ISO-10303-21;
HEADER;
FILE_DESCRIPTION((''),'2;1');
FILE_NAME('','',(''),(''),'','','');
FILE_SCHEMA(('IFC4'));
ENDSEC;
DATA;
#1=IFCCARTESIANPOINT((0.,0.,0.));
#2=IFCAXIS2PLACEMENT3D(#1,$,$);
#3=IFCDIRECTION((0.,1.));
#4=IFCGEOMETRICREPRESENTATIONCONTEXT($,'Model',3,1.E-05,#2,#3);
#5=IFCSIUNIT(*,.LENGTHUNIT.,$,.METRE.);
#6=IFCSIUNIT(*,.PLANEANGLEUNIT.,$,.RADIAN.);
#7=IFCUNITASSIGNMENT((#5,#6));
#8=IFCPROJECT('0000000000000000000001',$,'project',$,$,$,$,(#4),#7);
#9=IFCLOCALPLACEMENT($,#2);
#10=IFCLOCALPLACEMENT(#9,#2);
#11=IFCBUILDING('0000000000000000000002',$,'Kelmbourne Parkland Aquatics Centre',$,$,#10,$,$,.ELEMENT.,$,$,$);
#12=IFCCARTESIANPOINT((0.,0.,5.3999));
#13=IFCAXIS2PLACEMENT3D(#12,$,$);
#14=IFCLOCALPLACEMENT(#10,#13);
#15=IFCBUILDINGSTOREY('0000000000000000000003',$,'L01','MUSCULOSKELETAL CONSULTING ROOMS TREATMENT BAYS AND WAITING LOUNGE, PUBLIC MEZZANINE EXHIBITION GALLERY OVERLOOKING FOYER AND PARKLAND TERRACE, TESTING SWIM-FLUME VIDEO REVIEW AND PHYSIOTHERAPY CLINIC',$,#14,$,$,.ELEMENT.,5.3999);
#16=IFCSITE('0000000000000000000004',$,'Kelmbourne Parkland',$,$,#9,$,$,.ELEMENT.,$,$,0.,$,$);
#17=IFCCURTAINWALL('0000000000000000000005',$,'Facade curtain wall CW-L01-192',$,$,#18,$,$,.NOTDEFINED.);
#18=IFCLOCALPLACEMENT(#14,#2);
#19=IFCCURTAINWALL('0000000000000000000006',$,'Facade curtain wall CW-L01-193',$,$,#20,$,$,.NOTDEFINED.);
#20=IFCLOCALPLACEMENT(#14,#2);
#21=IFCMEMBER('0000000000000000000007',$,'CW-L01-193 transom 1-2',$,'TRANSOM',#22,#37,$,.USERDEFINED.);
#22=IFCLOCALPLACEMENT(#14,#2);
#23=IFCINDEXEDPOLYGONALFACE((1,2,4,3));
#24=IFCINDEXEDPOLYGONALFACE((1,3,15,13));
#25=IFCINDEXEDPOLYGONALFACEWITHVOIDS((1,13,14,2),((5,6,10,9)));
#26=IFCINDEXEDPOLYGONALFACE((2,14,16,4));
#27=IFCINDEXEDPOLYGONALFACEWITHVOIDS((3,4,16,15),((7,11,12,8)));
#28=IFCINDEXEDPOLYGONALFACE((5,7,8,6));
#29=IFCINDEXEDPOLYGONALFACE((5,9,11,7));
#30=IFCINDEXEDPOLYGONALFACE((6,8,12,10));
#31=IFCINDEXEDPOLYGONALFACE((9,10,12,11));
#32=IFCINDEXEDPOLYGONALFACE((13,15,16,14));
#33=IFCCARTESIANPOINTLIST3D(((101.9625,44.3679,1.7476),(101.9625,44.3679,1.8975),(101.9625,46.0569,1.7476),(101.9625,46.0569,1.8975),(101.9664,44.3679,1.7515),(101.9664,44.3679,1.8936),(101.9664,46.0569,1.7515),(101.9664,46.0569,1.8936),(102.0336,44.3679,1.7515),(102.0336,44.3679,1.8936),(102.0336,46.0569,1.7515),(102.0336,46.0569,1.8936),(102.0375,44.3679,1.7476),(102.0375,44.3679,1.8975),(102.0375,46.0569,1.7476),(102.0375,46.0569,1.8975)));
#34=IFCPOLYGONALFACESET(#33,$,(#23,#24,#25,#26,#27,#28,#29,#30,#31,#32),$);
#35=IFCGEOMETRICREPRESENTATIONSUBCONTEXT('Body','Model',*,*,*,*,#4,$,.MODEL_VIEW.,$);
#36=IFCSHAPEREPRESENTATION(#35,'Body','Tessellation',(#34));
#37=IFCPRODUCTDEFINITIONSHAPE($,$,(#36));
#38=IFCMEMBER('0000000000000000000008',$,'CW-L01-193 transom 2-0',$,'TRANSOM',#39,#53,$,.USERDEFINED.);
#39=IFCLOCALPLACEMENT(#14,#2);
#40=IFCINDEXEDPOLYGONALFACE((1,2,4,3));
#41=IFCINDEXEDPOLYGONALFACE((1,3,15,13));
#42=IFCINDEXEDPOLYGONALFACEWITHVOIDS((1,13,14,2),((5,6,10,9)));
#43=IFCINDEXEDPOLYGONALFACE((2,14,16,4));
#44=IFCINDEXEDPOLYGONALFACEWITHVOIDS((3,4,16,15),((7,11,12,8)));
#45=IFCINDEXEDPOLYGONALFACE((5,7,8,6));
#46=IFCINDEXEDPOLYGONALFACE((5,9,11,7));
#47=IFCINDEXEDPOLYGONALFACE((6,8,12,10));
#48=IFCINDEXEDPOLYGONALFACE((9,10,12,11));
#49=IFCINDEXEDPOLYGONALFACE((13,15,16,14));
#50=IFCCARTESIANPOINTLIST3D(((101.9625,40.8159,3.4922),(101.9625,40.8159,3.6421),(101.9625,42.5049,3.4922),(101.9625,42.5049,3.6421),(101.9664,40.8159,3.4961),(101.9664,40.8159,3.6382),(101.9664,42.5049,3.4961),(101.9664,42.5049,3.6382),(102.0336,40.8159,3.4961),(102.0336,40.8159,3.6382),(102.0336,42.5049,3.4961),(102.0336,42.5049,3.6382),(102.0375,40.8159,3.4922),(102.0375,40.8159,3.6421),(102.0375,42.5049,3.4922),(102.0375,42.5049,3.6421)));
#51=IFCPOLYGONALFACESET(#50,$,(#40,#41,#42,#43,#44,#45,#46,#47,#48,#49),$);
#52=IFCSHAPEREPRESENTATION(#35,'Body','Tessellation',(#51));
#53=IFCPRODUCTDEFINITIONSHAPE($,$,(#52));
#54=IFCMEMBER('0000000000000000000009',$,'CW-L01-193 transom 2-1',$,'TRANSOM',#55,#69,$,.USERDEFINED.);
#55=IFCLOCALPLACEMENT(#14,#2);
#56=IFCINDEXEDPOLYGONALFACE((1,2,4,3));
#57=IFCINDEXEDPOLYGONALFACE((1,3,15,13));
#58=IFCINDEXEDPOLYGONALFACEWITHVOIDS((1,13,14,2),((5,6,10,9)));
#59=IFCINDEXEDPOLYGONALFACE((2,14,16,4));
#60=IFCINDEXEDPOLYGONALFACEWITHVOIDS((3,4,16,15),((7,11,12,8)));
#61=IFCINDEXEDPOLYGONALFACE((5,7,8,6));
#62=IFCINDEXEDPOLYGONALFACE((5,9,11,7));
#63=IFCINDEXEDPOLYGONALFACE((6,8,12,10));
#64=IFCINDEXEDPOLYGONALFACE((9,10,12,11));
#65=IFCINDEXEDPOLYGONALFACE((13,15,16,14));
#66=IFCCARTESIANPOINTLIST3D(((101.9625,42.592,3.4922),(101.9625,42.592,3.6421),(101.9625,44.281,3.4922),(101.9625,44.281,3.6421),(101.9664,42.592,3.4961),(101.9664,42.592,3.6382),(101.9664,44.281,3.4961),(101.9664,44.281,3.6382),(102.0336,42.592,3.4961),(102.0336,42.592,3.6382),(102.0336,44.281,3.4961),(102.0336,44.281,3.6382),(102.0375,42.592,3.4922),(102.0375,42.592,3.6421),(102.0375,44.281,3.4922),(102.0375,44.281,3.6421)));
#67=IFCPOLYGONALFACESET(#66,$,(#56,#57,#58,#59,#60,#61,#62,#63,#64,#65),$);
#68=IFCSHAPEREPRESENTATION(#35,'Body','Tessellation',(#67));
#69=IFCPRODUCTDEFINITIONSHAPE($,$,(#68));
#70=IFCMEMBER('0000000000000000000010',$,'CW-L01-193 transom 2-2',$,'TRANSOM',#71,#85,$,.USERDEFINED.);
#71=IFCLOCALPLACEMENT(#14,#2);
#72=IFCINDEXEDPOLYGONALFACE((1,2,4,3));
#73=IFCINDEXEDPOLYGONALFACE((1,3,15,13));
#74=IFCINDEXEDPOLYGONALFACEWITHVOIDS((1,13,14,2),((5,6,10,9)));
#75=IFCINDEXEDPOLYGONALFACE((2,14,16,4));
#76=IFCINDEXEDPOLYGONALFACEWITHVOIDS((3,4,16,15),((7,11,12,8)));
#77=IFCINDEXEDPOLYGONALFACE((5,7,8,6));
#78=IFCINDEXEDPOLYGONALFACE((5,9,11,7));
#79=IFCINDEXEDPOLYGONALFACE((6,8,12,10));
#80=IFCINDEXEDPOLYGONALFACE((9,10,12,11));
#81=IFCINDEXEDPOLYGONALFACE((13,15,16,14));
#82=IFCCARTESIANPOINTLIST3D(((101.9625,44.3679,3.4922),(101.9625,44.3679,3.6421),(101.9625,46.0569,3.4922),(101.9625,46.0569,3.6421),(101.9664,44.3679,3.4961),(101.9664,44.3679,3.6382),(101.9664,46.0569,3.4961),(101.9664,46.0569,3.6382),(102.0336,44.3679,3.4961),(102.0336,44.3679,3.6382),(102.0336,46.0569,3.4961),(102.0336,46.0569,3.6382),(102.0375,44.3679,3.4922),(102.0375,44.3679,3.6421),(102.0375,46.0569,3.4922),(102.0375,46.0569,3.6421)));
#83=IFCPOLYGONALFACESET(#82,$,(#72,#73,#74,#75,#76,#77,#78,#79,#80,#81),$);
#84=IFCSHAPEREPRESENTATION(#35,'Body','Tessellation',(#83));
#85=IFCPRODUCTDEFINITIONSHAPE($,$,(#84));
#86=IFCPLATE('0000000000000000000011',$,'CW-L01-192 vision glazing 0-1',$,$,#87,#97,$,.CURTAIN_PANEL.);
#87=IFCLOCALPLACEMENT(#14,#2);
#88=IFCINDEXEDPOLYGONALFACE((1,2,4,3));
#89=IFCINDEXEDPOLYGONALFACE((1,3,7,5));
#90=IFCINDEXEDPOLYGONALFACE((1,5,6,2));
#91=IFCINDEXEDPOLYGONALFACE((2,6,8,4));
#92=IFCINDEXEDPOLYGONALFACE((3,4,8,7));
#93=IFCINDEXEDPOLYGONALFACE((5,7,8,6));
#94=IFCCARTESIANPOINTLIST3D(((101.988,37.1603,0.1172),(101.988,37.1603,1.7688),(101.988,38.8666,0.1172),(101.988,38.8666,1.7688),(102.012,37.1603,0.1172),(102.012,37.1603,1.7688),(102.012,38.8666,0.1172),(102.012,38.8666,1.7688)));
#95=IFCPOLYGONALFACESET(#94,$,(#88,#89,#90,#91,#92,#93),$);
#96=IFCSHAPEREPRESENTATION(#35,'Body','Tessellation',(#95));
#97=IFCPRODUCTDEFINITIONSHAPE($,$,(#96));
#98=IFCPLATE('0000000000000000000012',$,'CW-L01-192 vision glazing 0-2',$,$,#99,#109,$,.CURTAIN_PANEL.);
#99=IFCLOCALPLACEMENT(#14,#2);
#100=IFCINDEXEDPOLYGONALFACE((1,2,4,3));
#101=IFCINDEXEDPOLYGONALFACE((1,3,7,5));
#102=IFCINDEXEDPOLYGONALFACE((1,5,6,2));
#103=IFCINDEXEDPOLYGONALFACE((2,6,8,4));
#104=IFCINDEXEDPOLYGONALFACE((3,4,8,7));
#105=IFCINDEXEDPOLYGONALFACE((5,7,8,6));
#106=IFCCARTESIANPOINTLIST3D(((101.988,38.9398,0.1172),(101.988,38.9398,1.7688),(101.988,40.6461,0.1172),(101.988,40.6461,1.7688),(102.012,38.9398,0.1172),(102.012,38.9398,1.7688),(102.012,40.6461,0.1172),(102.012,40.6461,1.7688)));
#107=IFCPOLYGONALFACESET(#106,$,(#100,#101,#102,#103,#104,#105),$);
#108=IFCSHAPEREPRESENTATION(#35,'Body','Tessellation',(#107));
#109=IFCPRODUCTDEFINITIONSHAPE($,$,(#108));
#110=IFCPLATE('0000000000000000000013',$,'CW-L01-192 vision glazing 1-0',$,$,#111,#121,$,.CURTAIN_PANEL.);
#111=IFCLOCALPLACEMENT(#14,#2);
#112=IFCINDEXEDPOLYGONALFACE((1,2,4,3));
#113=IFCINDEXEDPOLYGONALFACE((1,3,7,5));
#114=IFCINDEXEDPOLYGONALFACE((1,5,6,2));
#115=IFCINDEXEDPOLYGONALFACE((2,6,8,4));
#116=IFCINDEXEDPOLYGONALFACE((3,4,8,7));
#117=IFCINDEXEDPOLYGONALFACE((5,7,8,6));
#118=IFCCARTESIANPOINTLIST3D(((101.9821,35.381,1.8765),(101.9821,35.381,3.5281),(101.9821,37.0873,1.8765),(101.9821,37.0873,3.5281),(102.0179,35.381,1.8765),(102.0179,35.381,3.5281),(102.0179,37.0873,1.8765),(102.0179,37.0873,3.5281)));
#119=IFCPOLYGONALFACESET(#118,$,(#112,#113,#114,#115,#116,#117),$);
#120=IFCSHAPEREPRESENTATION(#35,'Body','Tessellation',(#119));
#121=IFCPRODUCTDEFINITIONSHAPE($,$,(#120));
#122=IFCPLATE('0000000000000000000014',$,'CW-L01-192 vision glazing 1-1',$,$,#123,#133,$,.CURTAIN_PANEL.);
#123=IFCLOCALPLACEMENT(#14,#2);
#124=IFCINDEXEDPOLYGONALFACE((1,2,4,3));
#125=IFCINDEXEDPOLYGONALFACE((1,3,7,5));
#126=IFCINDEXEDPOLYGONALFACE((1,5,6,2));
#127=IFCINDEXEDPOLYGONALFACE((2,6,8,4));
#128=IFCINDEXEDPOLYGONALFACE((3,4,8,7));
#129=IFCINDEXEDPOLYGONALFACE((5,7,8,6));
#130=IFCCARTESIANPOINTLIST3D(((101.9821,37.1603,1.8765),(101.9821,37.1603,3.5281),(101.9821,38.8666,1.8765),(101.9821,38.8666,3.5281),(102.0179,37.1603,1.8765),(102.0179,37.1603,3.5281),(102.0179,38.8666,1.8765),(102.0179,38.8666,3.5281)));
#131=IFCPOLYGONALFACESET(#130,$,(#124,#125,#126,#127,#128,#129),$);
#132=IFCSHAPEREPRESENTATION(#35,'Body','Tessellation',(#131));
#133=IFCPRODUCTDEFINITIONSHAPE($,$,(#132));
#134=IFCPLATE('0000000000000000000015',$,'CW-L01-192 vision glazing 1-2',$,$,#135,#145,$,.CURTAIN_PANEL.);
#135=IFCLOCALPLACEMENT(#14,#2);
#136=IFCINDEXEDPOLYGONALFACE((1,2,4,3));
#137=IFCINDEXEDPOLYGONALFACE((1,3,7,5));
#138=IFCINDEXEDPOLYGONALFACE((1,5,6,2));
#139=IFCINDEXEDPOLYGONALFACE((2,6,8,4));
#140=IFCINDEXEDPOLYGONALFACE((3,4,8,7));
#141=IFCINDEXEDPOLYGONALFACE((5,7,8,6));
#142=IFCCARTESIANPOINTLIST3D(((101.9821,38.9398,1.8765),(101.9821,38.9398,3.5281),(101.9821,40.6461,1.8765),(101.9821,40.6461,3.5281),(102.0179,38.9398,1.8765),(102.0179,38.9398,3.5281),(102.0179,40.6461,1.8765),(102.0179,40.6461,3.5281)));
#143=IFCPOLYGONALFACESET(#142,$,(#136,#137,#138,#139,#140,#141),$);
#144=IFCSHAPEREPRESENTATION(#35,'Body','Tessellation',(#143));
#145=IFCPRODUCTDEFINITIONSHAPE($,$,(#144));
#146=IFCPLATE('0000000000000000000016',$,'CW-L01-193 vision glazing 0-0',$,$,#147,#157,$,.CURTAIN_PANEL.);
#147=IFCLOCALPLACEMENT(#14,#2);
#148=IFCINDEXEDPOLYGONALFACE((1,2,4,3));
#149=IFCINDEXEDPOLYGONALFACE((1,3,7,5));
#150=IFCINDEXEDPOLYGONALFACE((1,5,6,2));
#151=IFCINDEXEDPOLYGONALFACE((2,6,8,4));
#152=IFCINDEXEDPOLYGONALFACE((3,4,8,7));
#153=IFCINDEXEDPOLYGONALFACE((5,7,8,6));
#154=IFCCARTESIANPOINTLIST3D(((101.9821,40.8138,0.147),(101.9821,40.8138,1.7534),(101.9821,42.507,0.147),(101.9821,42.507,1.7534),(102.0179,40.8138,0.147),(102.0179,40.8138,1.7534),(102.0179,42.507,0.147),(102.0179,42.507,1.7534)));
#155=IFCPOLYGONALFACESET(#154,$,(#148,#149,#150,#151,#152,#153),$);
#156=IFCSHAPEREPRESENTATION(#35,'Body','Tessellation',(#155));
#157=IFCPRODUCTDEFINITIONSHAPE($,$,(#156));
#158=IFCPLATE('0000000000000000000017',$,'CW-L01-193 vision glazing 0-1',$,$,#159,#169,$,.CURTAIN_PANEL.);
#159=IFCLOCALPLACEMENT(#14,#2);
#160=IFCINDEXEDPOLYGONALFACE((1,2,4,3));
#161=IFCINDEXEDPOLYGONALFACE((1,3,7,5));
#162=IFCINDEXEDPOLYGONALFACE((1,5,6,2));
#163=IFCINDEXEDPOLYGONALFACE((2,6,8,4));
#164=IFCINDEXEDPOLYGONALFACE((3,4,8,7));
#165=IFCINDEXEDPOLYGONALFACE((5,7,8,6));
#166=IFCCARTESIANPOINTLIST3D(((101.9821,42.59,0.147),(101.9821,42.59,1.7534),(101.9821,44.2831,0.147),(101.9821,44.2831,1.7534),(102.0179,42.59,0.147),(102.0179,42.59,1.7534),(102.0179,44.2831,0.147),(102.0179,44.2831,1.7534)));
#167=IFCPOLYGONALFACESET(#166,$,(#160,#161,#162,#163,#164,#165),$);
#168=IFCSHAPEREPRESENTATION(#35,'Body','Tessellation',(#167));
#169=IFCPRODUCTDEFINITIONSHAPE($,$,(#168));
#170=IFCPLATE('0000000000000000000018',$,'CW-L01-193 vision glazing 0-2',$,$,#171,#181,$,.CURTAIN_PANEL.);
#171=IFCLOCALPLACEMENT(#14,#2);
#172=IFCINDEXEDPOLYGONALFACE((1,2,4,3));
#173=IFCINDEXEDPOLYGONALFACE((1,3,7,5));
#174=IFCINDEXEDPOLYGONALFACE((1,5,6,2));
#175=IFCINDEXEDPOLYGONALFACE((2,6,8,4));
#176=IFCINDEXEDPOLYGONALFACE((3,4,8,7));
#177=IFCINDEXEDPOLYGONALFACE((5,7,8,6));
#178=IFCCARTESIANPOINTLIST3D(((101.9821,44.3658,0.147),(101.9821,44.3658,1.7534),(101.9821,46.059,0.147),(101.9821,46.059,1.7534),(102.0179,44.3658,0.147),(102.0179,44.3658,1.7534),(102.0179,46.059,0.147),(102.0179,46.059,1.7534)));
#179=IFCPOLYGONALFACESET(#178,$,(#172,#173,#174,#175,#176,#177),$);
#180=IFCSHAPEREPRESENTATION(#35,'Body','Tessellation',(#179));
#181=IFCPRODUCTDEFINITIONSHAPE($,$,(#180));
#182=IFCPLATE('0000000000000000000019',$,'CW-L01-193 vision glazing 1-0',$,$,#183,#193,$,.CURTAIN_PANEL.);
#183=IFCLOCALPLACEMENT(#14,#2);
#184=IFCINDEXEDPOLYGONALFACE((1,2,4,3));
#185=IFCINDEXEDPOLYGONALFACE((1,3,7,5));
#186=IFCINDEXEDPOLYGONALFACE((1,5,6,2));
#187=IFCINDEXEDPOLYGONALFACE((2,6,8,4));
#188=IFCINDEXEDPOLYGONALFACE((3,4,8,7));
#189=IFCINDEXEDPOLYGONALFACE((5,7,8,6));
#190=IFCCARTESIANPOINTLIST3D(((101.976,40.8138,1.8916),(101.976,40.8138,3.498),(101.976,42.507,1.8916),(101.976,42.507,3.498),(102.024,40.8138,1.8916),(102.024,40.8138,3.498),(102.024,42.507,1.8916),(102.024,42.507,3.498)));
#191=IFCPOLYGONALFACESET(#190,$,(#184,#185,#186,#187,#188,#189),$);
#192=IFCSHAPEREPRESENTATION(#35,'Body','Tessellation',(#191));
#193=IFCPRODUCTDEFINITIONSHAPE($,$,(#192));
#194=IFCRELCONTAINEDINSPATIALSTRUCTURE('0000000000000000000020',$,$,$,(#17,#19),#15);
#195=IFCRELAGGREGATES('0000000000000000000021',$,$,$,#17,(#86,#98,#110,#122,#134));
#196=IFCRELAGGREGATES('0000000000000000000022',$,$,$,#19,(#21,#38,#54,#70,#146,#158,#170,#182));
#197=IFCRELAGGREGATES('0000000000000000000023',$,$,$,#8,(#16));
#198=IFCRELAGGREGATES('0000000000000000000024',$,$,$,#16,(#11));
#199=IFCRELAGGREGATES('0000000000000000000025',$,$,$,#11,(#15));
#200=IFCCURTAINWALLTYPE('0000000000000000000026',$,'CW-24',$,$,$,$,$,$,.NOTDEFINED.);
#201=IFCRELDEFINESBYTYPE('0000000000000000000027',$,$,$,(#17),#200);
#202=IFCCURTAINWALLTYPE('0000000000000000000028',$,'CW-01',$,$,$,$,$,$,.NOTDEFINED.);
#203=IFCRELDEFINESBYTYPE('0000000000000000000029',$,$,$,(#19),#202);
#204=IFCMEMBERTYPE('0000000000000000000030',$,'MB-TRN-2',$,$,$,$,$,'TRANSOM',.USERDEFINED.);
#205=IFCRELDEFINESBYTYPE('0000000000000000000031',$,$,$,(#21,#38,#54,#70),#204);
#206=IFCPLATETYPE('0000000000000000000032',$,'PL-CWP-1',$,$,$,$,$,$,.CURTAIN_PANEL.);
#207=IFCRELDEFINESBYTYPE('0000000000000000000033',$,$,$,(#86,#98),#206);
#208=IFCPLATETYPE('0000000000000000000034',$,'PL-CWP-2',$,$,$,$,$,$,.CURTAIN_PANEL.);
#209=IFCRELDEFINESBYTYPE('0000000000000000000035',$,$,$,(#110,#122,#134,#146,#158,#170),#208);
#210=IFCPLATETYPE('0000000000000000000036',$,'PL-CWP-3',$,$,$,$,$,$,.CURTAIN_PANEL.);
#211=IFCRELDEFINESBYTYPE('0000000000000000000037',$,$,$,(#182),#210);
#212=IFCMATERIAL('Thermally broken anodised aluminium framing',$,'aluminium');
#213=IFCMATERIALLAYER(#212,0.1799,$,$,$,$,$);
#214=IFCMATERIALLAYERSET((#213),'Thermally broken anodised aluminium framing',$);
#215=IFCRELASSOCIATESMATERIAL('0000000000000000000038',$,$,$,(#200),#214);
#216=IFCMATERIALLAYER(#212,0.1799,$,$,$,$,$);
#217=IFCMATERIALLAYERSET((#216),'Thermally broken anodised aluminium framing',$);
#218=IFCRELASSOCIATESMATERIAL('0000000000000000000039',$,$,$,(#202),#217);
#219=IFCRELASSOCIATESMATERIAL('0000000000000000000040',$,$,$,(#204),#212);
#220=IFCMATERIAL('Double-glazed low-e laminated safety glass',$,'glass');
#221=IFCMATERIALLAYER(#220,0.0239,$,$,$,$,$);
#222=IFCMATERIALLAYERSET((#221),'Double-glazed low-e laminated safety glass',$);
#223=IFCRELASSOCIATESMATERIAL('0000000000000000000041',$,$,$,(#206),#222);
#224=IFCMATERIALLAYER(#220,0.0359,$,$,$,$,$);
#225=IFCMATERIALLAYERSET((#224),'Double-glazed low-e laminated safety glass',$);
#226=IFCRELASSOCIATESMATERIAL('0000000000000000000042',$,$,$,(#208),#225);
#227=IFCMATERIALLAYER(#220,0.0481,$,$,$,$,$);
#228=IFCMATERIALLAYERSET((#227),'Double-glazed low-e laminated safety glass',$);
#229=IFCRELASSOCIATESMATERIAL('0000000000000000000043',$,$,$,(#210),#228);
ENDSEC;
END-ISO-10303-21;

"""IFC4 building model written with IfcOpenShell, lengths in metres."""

from ifc_helpers import new_model, si_unit, direction, frame, origin, origin_2d, place, context, subcontext, project, spatial, rectangle, hollow_rectangle, extrude, material, layer, layer_set, material_profile, profile_set, type_object, element, aggregate, save


model = new_model("IFC4")

# Units and contexts
model_context = context("Model", 3, precision=1e-05, world=origin(), true_north=direction((0.0, 1.0)))
body_context = subcontext(model_context, "Body", "Model", "MODEL_VIEW")
ifc_project = project(units=[si_unit("LENGTHUNIT", "METRE"), si_unit("PLANEANGLEUNIT", "RADIAN")], contexts=[model_context])

# Site, building, storey
site_placement = place(None, origin())
site = spatial("IfcSite", under=ifc_project, at=site_placement, Name="Kelmbourne Parkland", CompositionType="ELEMENT", RefElevation=0.0)
building_placement = place(site_placement, origin())
building = spatial("IfcBuilding", under=site, at=building_placement, Name="Kelmbourne Parkland Aquatics Centre", CompositionType="ELEMENT")
storey_placement = place(building_placement, frame((0.0, 0.0, 5.3999)))
storey = spatial("IfcBuildingStorey", under=building, at=storey_placement, Name="L01", Description="MUSCULOSKELETAL CONSULTING ROOMS TREATMENT BAYS AND WAITING LOUNGE, PUBLIC MEZZANINE EXHIBITION GALLERY OVERLOOKING FOYER AND PARKLAND TERRACE, TESTING SWIM-FLUME VIDEO REVIEW AND PHYSIOTHERAPY CLINIC", CompositionType="ELEMENT", Elevation=5.3999)

# Curtain walls
ifc_material_1 = material(Name="Thermally broken anodised aluminium framing", Category="aluminium")
ifc_layer_1 = layer(ifc_material_1, 0.1799)
ifc_layer_set_1 = layer_set([ifc_layer_1], Name="Thermally broken anodised aluminium framing")
curtain_wall_type_1 = type_object("IfcCurtainWallType", Name="CW-24", PredefinedType="NOTDEFINED", material=ifc_layer_set_1)
curtain_wall_1_placement = place(storey_placement, origin())
curtain_wall_1 = element("IfcCurtainWall", 1, at=curtain_wall_1_placement, inside=storey, type_object=curtain_wall_type_1, Name="Facade curtain wall CW-L01-192", PredefinedType="NOTDEFINED")
ifc_layer_2 = layer(ifc_material_1, 0.1799)
ifc_layer_set_2 = layer_set([ifc_layer_2], Name="Thermally broken anodised aluminium framing")
curtain_wall_type_2 = type_object("IfcCurtainWallType", Name="CW-01", PredefinedType="NOTDEFINED", material=ifc_layer_set_2)
curtain_wall_2_placement = place(storey_placement, origin())
curtain_wall_2 = element("IfcCurtainWall", 2, at=curtain_wall_2_placement, inside=storey, type_object=curtain_wall_type_2, Name="Facade curtain wall CW-L01-193", PredefinedType="NOTDEFINED")

# Members
ifc_material_profile_1 = material_profile(ifc_material_1, hollow_rectangle(XDim=0.075, YDim=0.1499, WallThickness=0.0039, at=origin_2d()), Name="CW-T 75x150")
ifc_profile_set_1 = profile_set([ifc_material_profile_1], Name="Thermally broken anodised aluminium framing")
member_type_1 = type_object("IfcMemberType", Name="MB-TRN-2", ElementType="TRANSOM", PredefinedType="USERDEFINED", material=ifc_profile_set_1)
member_1_placement = place(storey_placement, frame((102.0, 44.3679, 1.8225), z_axis=(0.0, 1.0, 0.0), x_axis=(-1.0, 0.0, 0.0)))
member_1 = element("IfcMember", 3, at=member_1_placement, type_object=member_type_1, Name="CW-L01-193 transom 1-2", ObjectType="TRANSOM", PredefinedType="USERDEFINED", context=body_context, shape_type="SweptSolid", body=[
    extrude(hollow_rectangle(XDim=0.075, YDim=0.1499, WallThickness=0.0039, at=origin_2d()), origin(), (0.0, 0.0, 1.0), 1.689),
])
member_2_placement = place(storey_placement, frame((102.0, 40.8159, 3.5671), z_axis=(0.0, 1.0, 0.0), x_axis=(-1.0, 0.0, 0.0)))
member_2 = element("IfcMember", 4, at=member_2_placement, type_object=member_type_1, Name="CW-L01-193 transom 2-0", ObjectType="TRANSOM", PredefinedType="USERDEFINED", context=body_context, shape_type="SweptSolid", body=[
    extrude(hollow_rectangle(XDim=0.075, YDim=0.1499, WallThickness=0.0039, at=origin_2d()), origin(), (0.0, 0.0, 1.0), 1.689),
])
member_3_placement = place(storey_placement, frame((102.0, 42.592, 3.5671), z_axis=(0.0, 1.0, 0.0), x_axis=(-1.0, 0.0, 0.0)))
member_3 = element("IfcMember", 5, at=member_3_placement, type_object=member_type_1, Name="CW-L01-193 transom 2-1", ObjectType="TRANSOM", PredefinedType="USERDEFINED", context=body_context, shape_type="SweptSolid", body=[
    extrude(hollow_rectangle(XDim=0.075, YDim=0.1499, WallThickness=0.0039, at=origin_2d()), origin(), (0.0, 0.0, 1.0), 1.689),
])
member_4_placement = place(storey_placement, frame((102.0, 44.3679, 3.5671), z_axis=(0.0, 1.0, 0.0), x_axis=(-1.0, 0.0, 0.0)))
member_4 = element("IfcMember", 6, at=member_4_placement, type_object=member_type_1, Name="CW-L01-193 transom 2-2", ObjectType="TRANSOM", PredefinedType="USERDEFINED", context=body_context, shape_type="SweptSolid", body=[
    extrude(hollow_rectangle(XDim=0.075, YDim=0.1499, WallThickness=0.0039, at=origin_2d()), origin(), (0.0, 0.0, 1.0), 1.689),
])

# Plates
ifc_material_2 = material(Name="Double-glazed low-e laminated safety glass", Category="glass")
ifc_layer_3 = layer(ifc_material_2, 0.0239)
ifc_layer_set_3 = layer_set([ifc_layer_3], Name="Double-glazed low-e laminated safety glass")
plate_type_1 = type_object("IfcPlateType", Name="PL-CWP-1", PredefinedType="CURTAIN_PANEL", material=ifc_layer_set_3)
plate_1_placement = place(storey_placement, frame((102.0, 38.0134, 0.1172), z_axis=(0.0, 0.0, 1.0), x_axis=(0.0, 1.0, 0.0)))
plate_1 = element("IfcPlate", 7, at=plate_1_placement, type_object=plate_type_1, Name="CW-L01-192 vision glazing 0-1", PredefinedType="CURTAIN_PANEL", context=body_context, shape_type="SweptSolid", body=[
    extrude(rectangle(XDim=1.7063, YDim=0.0239, at=origin_2d()), origin(), (0.0, 0.0, 1.0), 1.6516),
])
plate_2_placement = place(storey_placement, frame((102.0, 39.793, 0.1172), z_axis=(0.0, 0.0, 1.0), x_axis=(0.0, 1.0, 0.0)))
plate_2 = element("IfcPlate", 8, at=plate_2_placement, type_object=plate_type_1, Name="CW-L01-192 vision glazing 0-2", PredefinedType="CURTAIN_PANEL", context=body_context, shape_type="SweptSolid", body=[
    extrude(rectangle(XDim=1.7063, YDim=0.0239, at=origin_2d()), origin(), (0.0, 0.0, 1.0), 1.6516),
])
ifc_layer_4 = layer(ifc_material_2, 0.0359)
ifc_layer_set_4 = layer_set([ifc_layer_4], Name="Double-glazed low-e laminated safety glass")
plate_type_2 = type_object("IfcPlateType", Name="PL-CWP-2", PredefinedType="CURTAIN_PANEL", material=ifc_layer_set_4)
plate_3_placement = place(storey_placement, frame((102.0, 36.2341, 1.8765), z_axis=(0.0, 0.0, 1.0), x_axis=(0.0, 1.0, 0.0)))
plate_3 = element("IfcPlate", 9, at=plate_3_placement, type_object=plate_type_2, Name="CW-L01-192 vision glazing 1-0", PredefinedType="CURTAIN_PANEL", context=body_context, shape_type="SweptSolid", body=[
    extrude(rectangle(XDim=1.7063, YDim=0.0359, at=origin_2d()), origin(), (0.0, 0.0, 1.0), 1.6516),
])
plate_4_placement = place(storey_placement, frame((102.0, 38.0134, 1.8765), z_axis=(0.0, 0.0, 1.0), x_axis=(0.0, 1.0, 0.0)))
plate_4 = element("IfcPlate", 10, at=plate_4_placement, type_object=plate_type_2, Name="CW-L01-192 vision glazing 1-1", PredefinedType="CURTAIN_PANEL", context=body_context, shape_type="SweptSolid", body=[
    extrude(rectangle(XDim=1.7063, YDim=0.0359, at=origin_2d()), origin(), (0.0, 0.0, 1.0), 1.6516),
])
plate_5_placement = place(storey_placement, frame((102.0, 39.793, 1.8765), z_axis=(0.0, 0.0, 1.0), x_axis=(0.0, 1.0, 0.0)))
plate_5 = element("IfcPlate", 11, at=plate_5_placement, type_object=plate_type_2, Name="CW-L01-192 vision glazing 1-2", PredefinedType="CURTAIN_PANEL", context=body_context, shape_type="SweptSolid", body=[
    extrude(rectangle(XDim=1.7063, YDim=0.0359, at=origin_2d()), origin(), (0.0, 0.0, 1.0), 1.6516),
])
aggregate(curtain_wall_1, [plate_1, plate_2, plate_3, plate_4, plate_5])
plate_6_placement = place(storey_placement, frame((102.0, 41.6604, 0.147), z_axis=(0.0, 0.0, 1.0), x_axis=(0.0, 1.0, 0.0)))
plate_6 = element("IfcPlate", 12, at=plate_6_placement, type_object=plate_type_2, Name="CW-L01-193 vision glazing 0-0", PredefinedType="CURTAIN_PANEL", context=body_context, shape_type="SweptSolid", body=[
    extrude(rectangle(XDim=1.6931, YDim=0.0359, at=origin_2d()), origin(), (0.0, 0.0, 1.0), 1.6064),
])
plate_7_placement = place(storey_placement, frame((102.0, 43.4365, 0.147), z_axis=(0.0, 0.0, 1.0), x_axis=(0.0, 1.0, 0.0)))
plate_7 = element("IfcPlate", 13, at=plate_7_placement, type_object=plate_type_2, Name="CW-L01-193 vision glazing 0-1", PredefinedType="CURTAIN_PANEL", context=body_context, shape_type="SweptSolid", body=[
    extrude(rectangle(XDim=1.6931, YDim=0.0359, at=origin_2d()), origin(), (0.0, 0.0, 1.0), 1.6064),
])
plate_8_placement = place(storey_placement, frame((102.0, 45.2124, 0.147), z_axis=(0.0, 0.0, 1.0), x_axis=(0.0, 1.0, 0.0)))
plate_8 = element("IfcPlate", 14, at=plate_8_placement, type_object=plate_type_2, Name="CW-L01-193 vision glazing 0-2", PredefinedType="CURTAIN_PANEL", context=body_context, shape_type="SweptSolid", body=[
    extrude(rectangle(XDim=1.6931, YDim=0.0359, at=origin_2d()), origin(), (0.0, 0.0, 1.0), 1.6064),
])
ifc_layer_5 = layer(ifc_material_2, 0.0481)
ifc_layer_set_5 = layer_set([ifc_layer_5], Name="Double-glazed low-e laminated safety glass")
plate_type_3 = type_object("IfcPlateType", Name="PL-CWP-3", PredefinedType="CURTAIN_PANEL", material=ifc_layer_set_5)
plate_9_placement = place(storey_placement, frame((102.0, 41.6604, 1.8916), z_axis=(0.0, 0.0, 1.0), x_axis=(0.0, 1.0, 0.0)))
plate_9 = element("IfcPlate", 15, at=plate_9_placement, type_object=plate_type_3, Name="CW-L01-193 vision glazing 1-0", PredefinedType="CURTAIN_PANEL", context=body_context, shape_type="SweptSolid", body=[
    extrude(rectangle(XDim=1.6931, YDim=0.0481, at=origin_2d()), origin(), (0.0, 0.0, 1.0), 1.6064),
])
aggregate(curtain_wall_2, [member_1, member_2, member_3, member_4, plate_6, plate_7, plate_8, plate_9])

save(model, "model.ifc")
